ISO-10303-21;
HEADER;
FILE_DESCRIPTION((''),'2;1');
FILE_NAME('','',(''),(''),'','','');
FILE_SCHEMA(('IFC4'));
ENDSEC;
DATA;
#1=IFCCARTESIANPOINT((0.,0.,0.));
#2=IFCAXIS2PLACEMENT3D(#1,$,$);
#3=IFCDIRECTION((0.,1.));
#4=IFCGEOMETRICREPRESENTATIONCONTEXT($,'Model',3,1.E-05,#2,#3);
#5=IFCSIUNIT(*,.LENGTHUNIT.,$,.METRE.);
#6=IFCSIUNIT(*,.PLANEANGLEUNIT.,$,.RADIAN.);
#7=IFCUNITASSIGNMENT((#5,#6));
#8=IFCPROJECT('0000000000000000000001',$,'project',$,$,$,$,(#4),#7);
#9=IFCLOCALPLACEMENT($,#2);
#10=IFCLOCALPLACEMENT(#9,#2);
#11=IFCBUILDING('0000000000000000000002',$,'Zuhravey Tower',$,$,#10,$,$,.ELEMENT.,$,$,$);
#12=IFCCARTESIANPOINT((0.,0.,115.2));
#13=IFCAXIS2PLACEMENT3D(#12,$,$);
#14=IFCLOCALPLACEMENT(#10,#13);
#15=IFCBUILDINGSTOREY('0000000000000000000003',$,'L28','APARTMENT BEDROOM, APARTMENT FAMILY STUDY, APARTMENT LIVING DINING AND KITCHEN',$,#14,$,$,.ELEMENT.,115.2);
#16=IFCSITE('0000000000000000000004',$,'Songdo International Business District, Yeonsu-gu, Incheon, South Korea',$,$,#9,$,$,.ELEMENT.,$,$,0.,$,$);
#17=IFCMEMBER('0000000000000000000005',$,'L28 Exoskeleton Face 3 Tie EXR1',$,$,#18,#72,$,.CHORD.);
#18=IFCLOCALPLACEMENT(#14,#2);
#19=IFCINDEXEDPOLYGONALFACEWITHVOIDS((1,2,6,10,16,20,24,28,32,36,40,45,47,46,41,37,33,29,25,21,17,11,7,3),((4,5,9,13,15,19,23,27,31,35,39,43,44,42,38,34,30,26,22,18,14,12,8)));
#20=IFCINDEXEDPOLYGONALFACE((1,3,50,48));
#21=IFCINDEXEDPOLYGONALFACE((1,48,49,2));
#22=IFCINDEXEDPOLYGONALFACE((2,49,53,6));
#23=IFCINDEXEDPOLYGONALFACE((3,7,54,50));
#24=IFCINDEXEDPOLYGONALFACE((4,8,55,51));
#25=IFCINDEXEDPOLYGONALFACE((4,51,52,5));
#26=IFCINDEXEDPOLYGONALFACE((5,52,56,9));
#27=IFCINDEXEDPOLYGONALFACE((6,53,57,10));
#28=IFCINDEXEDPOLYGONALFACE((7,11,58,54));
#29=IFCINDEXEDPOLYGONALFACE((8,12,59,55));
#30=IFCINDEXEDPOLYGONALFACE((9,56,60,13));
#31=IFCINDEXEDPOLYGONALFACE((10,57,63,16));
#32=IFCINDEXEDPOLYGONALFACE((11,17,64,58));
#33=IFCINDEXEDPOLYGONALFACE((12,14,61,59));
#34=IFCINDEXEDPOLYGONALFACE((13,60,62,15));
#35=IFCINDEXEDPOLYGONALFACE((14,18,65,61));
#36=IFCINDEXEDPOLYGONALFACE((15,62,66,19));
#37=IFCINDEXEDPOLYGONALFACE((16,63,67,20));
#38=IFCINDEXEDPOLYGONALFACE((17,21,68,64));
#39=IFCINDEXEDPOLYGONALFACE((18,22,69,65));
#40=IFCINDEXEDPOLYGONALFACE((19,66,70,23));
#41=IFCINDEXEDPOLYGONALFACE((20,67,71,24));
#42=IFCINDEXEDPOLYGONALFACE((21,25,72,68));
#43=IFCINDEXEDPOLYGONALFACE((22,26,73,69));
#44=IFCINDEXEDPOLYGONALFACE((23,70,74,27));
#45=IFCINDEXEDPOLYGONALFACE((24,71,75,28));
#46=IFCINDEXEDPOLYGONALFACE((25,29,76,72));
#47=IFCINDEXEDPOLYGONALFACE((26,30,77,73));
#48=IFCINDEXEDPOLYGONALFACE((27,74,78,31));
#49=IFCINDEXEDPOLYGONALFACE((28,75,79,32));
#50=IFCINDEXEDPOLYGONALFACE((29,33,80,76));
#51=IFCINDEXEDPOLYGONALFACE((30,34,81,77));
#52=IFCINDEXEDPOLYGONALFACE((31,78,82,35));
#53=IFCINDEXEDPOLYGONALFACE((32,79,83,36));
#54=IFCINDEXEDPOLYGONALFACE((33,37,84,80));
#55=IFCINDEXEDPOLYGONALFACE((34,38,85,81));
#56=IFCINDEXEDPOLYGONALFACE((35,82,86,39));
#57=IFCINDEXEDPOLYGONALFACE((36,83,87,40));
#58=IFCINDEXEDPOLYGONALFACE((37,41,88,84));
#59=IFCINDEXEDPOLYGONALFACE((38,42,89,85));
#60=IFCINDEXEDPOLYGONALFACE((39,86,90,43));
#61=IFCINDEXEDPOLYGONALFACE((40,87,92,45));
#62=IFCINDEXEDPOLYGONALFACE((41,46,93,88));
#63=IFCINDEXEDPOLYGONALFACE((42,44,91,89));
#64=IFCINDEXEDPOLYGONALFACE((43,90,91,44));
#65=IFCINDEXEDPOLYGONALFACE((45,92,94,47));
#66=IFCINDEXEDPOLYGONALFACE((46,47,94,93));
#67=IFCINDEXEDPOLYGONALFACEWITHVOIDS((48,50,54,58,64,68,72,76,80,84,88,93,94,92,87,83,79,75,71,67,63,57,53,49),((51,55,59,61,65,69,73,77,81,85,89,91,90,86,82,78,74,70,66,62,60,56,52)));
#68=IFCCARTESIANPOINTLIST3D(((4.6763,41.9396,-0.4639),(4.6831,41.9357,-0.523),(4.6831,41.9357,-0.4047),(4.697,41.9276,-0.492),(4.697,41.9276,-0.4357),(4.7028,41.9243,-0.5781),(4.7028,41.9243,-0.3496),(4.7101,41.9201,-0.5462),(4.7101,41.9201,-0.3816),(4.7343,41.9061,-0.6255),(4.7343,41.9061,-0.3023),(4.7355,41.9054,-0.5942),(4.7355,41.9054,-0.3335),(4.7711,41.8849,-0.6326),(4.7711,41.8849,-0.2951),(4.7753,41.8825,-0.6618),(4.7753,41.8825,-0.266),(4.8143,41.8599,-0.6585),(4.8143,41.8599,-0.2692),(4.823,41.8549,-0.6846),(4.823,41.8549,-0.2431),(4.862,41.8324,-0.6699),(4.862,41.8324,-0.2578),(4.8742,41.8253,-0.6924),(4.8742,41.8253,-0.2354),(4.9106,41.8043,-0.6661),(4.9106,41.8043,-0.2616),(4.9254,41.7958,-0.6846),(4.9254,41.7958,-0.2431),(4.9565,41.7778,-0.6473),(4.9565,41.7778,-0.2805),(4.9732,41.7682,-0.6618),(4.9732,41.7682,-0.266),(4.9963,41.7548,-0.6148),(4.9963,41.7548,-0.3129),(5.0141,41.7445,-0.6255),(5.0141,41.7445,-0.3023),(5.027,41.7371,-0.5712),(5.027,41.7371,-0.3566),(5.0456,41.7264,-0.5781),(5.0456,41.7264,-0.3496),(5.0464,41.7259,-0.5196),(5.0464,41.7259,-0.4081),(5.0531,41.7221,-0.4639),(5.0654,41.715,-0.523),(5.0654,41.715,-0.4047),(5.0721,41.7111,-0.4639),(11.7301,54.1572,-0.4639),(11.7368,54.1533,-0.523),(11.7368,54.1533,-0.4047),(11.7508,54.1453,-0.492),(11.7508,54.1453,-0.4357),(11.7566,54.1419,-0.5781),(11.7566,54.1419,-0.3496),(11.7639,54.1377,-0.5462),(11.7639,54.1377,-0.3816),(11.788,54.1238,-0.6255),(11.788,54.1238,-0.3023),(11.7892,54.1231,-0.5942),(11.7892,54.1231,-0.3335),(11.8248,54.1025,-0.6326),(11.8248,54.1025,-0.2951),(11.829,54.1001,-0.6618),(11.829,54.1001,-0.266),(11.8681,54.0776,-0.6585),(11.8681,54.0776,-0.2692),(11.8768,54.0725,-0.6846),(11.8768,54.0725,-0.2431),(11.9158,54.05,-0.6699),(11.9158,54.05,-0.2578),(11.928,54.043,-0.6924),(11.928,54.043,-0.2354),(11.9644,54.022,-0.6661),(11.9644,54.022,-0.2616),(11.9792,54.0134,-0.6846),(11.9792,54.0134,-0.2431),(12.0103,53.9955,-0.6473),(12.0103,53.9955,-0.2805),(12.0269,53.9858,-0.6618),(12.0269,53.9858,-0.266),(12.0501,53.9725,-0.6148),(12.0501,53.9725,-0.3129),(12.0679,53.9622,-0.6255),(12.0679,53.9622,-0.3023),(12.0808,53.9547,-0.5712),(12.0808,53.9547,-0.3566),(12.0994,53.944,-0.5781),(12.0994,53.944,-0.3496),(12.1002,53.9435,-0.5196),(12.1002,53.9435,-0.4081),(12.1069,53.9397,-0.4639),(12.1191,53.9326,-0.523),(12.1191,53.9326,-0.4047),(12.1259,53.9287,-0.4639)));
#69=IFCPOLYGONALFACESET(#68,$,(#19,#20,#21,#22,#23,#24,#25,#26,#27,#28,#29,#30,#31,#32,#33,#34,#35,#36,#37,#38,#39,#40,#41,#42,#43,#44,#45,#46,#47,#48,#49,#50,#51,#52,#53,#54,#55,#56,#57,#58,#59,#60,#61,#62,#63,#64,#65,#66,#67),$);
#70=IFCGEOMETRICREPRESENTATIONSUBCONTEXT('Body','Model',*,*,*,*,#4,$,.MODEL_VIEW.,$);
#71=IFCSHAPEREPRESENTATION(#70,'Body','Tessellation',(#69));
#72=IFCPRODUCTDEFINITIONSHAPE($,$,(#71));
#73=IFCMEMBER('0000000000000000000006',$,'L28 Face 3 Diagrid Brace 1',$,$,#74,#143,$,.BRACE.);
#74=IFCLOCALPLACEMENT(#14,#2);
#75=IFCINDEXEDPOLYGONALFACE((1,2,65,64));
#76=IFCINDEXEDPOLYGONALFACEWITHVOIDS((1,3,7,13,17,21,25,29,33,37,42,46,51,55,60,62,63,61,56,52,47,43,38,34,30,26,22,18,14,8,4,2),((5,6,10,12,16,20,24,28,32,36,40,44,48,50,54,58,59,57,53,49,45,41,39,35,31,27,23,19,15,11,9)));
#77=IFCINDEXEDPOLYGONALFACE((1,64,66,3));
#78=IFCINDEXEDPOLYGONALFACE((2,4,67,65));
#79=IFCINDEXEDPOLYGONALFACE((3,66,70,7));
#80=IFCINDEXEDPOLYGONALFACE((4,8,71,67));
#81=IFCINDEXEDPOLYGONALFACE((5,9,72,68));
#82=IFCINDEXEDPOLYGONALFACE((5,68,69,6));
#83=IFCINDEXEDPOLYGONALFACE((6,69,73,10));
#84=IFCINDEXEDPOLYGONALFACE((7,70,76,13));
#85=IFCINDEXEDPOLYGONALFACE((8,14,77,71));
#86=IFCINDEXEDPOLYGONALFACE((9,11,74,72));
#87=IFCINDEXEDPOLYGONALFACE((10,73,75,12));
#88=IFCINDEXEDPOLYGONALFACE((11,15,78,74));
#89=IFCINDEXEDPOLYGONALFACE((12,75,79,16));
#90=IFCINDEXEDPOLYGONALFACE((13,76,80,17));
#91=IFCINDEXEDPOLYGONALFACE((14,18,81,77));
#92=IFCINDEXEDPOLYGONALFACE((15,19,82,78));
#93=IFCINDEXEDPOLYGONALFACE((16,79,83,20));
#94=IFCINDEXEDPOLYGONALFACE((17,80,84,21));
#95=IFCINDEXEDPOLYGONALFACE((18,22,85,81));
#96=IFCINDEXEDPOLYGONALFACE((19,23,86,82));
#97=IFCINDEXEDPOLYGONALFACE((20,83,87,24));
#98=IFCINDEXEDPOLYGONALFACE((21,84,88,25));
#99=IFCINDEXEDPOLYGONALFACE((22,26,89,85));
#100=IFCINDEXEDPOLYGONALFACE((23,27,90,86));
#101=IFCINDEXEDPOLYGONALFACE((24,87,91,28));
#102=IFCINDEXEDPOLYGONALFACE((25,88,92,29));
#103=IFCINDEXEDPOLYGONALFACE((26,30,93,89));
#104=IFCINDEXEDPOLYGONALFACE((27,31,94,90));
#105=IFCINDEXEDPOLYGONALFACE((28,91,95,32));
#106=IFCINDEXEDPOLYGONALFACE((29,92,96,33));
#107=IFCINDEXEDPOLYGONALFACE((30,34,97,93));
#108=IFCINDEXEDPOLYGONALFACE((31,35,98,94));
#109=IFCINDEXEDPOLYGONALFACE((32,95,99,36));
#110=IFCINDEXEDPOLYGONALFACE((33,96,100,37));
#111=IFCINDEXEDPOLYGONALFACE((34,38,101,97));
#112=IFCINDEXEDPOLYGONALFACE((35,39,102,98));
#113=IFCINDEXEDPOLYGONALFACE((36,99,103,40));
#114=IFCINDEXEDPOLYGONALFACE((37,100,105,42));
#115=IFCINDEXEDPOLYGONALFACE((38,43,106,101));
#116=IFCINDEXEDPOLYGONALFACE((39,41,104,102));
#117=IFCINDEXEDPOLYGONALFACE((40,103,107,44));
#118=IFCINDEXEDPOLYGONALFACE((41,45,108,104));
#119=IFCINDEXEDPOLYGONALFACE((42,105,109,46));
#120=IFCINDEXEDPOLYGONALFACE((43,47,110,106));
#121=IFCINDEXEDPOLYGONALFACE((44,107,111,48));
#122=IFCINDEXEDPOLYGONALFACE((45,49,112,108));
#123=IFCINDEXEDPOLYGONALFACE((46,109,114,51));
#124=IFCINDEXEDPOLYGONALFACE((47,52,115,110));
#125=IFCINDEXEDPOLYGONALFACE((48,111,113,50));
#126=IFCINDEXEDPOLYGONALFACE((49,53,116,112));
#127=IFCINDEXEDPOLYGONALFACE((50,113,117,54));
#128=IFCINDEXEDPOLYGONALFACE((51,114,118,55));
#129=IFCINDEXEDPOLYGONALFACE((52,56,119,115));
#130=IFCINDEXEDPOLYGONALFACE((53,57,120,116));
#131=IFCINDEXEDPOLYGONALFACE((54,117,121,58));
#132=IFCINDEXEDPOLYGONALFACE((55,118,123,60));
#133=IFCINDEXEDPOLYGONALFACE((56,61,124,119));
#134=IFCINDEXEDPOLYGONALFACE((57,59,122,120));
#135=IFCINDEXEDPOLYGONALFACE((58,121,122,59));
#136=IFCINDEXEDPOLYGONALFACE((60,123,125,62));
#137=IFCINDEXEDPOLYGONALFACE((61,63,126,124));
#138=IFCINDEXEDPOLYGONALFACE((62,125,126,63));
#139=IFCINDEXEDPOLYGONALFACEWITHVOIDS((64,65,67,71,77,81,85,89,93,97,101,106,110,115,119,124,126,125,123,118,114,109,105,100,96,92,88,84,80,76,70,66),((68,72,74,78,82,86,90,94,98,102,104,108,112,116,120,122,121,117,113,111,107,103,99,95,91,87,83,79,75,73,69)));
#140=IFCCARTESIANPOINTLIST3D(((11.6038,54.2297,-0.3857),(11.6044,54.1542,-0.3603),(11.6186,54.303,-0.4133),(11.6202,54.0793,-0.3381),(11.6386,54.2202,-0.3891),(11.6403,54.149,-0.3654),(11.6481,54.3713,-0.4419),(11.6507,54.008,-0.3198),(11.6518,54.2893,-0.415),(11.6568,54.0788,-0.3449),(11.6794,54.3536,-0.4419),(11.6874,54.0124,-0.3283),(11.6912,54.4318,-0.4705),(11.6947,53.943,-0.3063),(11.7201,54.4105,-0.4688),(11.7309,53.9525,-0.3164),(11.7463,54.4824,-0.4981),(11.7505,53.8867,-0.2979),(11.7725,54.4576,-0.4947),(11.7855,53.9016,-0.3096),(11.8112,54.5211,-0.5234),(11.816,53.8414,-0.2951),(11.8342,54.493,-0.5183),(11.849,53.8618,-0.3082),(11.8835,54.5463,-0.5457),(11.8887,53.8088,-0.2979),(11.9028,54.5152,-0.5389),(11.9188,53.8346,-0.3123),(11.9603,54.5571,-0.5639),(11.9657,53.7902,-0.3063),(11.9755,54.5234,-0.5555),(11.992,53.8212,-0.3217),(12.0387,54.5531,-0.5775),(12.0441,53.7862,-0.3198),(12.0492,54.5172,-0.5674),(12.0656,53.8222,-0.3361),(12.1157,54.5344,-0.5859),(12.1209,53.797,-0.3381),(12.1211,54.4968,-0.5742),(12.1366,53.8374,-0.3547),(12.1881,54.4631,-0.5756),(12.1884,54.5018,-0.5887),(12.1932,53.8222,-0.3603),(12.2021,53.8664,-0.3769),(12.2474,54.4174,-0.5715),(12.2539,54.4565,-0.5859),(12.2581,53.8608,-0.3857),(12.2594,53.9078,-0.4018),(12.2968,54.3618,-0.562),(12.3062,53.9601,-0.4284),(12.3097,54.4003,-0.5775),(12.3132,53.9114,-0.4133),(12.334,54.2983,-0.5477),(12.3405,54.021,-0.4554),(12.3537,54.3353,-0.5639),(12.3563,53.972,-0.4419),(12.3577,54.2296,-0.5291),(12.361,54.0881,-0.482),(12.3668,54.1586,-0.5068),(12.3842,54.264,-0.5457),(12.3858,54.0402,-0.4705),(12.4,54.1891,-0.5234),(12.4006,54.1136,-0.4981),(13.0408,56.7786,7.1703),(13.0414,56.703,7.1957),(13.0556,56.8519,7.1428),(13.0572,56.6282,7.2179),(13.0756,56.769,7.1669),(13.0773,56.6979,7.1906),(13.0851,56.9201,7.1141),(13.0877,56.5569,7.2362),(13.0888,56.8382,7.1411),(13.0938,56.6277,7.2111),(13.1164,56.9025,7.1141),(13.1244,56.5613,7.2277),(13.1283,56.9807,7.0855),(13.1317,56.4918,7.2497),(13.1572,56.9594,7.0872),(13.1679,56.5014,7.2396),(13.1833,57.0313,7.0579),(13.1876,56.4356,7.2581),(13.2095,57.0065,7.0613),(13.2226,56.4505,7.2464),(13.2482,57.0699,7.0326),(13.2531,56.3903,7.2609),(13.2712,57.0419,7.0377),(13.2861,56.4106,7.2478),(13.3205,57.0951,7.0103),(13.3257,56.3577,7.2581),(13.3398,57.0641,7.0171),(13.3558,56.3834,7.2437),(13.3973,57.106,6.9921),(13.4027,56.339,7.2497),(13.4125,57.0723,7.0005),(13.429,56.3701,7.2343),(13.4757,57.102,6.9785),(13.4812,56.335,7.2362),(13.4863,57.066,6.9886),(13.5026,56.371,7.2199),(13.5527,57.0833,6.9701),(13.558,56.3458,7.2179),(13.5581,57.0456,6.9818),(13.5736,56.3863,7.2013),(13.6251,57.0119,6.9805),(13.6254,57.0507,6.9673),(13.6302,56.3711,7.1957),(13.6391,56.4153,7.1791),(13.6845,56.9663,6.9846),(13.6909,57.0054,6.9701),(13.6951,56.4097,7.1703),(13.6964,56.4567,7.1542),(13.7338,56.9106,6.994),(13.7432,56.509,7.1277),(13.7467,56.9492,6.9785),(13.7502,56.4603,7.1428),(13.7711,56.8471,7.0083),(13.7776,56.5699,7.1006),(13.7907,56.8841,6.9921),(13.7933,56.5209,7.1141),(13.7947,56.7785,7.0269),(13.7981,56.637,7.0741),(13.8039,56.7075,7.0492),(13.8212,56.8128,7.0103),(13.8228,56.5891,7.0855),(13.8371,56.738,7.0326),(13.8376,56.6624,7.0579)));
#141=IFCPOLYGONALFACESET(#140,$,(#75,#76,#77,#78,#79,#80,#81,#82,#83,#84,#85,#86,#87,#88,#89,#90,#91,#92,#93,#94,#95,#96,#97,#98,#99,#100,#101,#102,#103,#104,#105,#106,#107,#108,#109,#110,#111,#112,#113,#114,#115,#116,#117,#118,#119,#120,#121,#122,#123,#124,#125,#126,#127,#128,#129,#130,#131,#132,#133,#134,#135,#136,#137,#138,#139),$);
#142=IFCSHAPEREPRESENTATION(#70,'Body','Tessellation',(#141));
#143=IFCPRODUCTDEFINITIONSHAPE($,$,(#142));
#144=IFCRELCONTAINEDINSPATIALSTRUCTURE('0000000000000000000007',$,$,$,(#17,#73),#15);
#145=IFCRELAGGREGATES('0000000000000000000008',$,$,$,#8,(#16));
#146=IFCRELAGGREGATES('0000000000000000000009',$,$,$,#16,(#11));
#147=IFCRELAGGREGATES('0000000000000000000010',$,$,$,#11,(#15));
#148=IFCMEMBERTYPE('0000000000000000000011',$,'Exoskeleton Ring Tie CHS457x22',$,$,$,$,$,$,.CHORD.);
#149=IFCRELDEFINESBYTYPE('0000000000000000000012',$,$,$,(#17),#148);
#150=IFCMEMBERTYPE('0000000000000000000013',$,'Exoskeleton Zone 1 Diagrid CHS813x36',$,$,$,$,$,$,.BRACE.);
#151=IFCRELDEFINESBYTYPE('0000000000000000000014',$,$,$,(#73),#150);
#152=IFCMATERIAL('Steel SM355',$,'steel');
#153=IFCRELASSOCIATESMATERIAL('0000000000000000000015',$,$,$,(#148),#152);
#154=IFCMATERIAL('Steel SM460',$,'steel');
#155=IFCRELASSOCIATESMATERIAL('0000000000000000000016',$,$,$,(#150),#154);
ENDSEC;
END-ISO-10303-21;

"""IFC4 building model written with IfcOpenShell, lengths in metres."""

from ifc_helpers import new_model, si_unit, direction, frame, origin, origin_2d, place, context, subcontext, project, spatial, hollow_circle, extrude, material, material_profile, profile_set, type_object, element, save


model = new_model("IFC4")

# Units and contexts
model_context = context("Model", 3, precision=1e-05, world=origin(), true_north=direction((0.0, 1.0)))
body_context = subcontext(model_context, "Body", "Model", "MODEL_VIEW")
ifc_project = project(units=[si_unit("LENGTHUNIT", "METRE"), si_unit("PLANEANGLEUNIT", "RADIAN")], contexts=[model_context])

# Site, building, storey
site_placement = place(None, origin())
site = spatial("IfcSite", under=ifc_project, at=site_placement, Name="Songdo International Business District, Yeonsu-gu, Incheon, South Korea", CompositionType="ELEMENT", RefElevation=0.0)
building_placement = place(site_placement, origin())
building = spatial("IfcBuilding", under=site, at=building_placement, Name="Zuhravey Tower", CompositionType="ELEMENT")
storey_placement = place(building_placement, frame((0.0, 0.0, 115.2)))
storey = spatial("IfcBuildingStorey", under=building, at=storey_placement, Name="L28", Description="APARTMENT BEDROOM, APARTMENT FAMILY STUDY, APARTMENT LIVING DINING AND KITCHEN", CompositionType="ELEMENT", Elevation=115.2)

# Members
ifc_material_1 = material(Name="Steel SM355", Category="steel")
ifc_material_profile_1 = material_profile(ifc_material_1, hollow_circle(Radius=0.2285, WallThickness=0.022, at=origin_2d()), Name="CHS-457.2x22")
ifc_profile_set_1 = profile_set([ifc_material_profile_1], Name="Steel SM355")
member_type_1 = type_object("IfcMemberType", Name="Exoskeleton Ring Tie CHS457x22", PredefinedType="CHORD", material=ifc_profile_set_1)
member_1_placement = place(storey_placement, frame((11.928, 54.043, -0.4639), z_axis=(-0.499996, -0.866028, 0.0), x_axis=(0.866028, -0.499996, 0.0)))
element("IfcMember", 1, at=member_1_placement, inside=storey, type_object=member_type_1, Name="L28 Exoskeleton Face 3 Tie EXR1", PredefinedType="CHORD", context=body_context, shape_type="SweptSolid", body=[
    extrude(hollow_circle(Radius=0.2285, WallThickness=0.022, at=origin_2d()), origin(), (0.0, 0.0, 1.0), 14.1077),
])
ifc_material_2 = material(Name="Steel SM460", Category="steel")
ifc_material_profile_2 = material_profile(ifc_material_2, hollow_circle(Radius=0.4065, WallThickness=0.0359, at=origin_2d()), Name="CHS-812.8x36")
ifc_profile_set_2 = profile_set([ifc_material_profile_2], Name="Steel SM460")
member_type_2 = type_object("IfcMemberType", Name="Exoskeleton Zone 1 Diagrid CHS813x36", PredefinedType="BRACE", material=ifc_profile_set_2)
member_2_placement = place(storey_placement, frame((12.0022, 54.1716, -0.4419), z_axis=(0.17735, 0.314566, 0.932521), x_axis=(-0.871094, 0.491117, 0.0)))
element("IfcMember", 2, at=member_2_placement, inside=storey, type_object=member_type_2, Name="L28 Face 3 Diagrid Brace 1", PredefinedType="BRACE", context=body_context, shape_type="SweptSolid", body=[
    extrude(hollow_circle(Radius=0.4065, WallThickness=0.0359, at=origin_2d()), origin(), (0.0, 0.0, 1.0), 8.1028),
])

save(model, "model.ifc")
